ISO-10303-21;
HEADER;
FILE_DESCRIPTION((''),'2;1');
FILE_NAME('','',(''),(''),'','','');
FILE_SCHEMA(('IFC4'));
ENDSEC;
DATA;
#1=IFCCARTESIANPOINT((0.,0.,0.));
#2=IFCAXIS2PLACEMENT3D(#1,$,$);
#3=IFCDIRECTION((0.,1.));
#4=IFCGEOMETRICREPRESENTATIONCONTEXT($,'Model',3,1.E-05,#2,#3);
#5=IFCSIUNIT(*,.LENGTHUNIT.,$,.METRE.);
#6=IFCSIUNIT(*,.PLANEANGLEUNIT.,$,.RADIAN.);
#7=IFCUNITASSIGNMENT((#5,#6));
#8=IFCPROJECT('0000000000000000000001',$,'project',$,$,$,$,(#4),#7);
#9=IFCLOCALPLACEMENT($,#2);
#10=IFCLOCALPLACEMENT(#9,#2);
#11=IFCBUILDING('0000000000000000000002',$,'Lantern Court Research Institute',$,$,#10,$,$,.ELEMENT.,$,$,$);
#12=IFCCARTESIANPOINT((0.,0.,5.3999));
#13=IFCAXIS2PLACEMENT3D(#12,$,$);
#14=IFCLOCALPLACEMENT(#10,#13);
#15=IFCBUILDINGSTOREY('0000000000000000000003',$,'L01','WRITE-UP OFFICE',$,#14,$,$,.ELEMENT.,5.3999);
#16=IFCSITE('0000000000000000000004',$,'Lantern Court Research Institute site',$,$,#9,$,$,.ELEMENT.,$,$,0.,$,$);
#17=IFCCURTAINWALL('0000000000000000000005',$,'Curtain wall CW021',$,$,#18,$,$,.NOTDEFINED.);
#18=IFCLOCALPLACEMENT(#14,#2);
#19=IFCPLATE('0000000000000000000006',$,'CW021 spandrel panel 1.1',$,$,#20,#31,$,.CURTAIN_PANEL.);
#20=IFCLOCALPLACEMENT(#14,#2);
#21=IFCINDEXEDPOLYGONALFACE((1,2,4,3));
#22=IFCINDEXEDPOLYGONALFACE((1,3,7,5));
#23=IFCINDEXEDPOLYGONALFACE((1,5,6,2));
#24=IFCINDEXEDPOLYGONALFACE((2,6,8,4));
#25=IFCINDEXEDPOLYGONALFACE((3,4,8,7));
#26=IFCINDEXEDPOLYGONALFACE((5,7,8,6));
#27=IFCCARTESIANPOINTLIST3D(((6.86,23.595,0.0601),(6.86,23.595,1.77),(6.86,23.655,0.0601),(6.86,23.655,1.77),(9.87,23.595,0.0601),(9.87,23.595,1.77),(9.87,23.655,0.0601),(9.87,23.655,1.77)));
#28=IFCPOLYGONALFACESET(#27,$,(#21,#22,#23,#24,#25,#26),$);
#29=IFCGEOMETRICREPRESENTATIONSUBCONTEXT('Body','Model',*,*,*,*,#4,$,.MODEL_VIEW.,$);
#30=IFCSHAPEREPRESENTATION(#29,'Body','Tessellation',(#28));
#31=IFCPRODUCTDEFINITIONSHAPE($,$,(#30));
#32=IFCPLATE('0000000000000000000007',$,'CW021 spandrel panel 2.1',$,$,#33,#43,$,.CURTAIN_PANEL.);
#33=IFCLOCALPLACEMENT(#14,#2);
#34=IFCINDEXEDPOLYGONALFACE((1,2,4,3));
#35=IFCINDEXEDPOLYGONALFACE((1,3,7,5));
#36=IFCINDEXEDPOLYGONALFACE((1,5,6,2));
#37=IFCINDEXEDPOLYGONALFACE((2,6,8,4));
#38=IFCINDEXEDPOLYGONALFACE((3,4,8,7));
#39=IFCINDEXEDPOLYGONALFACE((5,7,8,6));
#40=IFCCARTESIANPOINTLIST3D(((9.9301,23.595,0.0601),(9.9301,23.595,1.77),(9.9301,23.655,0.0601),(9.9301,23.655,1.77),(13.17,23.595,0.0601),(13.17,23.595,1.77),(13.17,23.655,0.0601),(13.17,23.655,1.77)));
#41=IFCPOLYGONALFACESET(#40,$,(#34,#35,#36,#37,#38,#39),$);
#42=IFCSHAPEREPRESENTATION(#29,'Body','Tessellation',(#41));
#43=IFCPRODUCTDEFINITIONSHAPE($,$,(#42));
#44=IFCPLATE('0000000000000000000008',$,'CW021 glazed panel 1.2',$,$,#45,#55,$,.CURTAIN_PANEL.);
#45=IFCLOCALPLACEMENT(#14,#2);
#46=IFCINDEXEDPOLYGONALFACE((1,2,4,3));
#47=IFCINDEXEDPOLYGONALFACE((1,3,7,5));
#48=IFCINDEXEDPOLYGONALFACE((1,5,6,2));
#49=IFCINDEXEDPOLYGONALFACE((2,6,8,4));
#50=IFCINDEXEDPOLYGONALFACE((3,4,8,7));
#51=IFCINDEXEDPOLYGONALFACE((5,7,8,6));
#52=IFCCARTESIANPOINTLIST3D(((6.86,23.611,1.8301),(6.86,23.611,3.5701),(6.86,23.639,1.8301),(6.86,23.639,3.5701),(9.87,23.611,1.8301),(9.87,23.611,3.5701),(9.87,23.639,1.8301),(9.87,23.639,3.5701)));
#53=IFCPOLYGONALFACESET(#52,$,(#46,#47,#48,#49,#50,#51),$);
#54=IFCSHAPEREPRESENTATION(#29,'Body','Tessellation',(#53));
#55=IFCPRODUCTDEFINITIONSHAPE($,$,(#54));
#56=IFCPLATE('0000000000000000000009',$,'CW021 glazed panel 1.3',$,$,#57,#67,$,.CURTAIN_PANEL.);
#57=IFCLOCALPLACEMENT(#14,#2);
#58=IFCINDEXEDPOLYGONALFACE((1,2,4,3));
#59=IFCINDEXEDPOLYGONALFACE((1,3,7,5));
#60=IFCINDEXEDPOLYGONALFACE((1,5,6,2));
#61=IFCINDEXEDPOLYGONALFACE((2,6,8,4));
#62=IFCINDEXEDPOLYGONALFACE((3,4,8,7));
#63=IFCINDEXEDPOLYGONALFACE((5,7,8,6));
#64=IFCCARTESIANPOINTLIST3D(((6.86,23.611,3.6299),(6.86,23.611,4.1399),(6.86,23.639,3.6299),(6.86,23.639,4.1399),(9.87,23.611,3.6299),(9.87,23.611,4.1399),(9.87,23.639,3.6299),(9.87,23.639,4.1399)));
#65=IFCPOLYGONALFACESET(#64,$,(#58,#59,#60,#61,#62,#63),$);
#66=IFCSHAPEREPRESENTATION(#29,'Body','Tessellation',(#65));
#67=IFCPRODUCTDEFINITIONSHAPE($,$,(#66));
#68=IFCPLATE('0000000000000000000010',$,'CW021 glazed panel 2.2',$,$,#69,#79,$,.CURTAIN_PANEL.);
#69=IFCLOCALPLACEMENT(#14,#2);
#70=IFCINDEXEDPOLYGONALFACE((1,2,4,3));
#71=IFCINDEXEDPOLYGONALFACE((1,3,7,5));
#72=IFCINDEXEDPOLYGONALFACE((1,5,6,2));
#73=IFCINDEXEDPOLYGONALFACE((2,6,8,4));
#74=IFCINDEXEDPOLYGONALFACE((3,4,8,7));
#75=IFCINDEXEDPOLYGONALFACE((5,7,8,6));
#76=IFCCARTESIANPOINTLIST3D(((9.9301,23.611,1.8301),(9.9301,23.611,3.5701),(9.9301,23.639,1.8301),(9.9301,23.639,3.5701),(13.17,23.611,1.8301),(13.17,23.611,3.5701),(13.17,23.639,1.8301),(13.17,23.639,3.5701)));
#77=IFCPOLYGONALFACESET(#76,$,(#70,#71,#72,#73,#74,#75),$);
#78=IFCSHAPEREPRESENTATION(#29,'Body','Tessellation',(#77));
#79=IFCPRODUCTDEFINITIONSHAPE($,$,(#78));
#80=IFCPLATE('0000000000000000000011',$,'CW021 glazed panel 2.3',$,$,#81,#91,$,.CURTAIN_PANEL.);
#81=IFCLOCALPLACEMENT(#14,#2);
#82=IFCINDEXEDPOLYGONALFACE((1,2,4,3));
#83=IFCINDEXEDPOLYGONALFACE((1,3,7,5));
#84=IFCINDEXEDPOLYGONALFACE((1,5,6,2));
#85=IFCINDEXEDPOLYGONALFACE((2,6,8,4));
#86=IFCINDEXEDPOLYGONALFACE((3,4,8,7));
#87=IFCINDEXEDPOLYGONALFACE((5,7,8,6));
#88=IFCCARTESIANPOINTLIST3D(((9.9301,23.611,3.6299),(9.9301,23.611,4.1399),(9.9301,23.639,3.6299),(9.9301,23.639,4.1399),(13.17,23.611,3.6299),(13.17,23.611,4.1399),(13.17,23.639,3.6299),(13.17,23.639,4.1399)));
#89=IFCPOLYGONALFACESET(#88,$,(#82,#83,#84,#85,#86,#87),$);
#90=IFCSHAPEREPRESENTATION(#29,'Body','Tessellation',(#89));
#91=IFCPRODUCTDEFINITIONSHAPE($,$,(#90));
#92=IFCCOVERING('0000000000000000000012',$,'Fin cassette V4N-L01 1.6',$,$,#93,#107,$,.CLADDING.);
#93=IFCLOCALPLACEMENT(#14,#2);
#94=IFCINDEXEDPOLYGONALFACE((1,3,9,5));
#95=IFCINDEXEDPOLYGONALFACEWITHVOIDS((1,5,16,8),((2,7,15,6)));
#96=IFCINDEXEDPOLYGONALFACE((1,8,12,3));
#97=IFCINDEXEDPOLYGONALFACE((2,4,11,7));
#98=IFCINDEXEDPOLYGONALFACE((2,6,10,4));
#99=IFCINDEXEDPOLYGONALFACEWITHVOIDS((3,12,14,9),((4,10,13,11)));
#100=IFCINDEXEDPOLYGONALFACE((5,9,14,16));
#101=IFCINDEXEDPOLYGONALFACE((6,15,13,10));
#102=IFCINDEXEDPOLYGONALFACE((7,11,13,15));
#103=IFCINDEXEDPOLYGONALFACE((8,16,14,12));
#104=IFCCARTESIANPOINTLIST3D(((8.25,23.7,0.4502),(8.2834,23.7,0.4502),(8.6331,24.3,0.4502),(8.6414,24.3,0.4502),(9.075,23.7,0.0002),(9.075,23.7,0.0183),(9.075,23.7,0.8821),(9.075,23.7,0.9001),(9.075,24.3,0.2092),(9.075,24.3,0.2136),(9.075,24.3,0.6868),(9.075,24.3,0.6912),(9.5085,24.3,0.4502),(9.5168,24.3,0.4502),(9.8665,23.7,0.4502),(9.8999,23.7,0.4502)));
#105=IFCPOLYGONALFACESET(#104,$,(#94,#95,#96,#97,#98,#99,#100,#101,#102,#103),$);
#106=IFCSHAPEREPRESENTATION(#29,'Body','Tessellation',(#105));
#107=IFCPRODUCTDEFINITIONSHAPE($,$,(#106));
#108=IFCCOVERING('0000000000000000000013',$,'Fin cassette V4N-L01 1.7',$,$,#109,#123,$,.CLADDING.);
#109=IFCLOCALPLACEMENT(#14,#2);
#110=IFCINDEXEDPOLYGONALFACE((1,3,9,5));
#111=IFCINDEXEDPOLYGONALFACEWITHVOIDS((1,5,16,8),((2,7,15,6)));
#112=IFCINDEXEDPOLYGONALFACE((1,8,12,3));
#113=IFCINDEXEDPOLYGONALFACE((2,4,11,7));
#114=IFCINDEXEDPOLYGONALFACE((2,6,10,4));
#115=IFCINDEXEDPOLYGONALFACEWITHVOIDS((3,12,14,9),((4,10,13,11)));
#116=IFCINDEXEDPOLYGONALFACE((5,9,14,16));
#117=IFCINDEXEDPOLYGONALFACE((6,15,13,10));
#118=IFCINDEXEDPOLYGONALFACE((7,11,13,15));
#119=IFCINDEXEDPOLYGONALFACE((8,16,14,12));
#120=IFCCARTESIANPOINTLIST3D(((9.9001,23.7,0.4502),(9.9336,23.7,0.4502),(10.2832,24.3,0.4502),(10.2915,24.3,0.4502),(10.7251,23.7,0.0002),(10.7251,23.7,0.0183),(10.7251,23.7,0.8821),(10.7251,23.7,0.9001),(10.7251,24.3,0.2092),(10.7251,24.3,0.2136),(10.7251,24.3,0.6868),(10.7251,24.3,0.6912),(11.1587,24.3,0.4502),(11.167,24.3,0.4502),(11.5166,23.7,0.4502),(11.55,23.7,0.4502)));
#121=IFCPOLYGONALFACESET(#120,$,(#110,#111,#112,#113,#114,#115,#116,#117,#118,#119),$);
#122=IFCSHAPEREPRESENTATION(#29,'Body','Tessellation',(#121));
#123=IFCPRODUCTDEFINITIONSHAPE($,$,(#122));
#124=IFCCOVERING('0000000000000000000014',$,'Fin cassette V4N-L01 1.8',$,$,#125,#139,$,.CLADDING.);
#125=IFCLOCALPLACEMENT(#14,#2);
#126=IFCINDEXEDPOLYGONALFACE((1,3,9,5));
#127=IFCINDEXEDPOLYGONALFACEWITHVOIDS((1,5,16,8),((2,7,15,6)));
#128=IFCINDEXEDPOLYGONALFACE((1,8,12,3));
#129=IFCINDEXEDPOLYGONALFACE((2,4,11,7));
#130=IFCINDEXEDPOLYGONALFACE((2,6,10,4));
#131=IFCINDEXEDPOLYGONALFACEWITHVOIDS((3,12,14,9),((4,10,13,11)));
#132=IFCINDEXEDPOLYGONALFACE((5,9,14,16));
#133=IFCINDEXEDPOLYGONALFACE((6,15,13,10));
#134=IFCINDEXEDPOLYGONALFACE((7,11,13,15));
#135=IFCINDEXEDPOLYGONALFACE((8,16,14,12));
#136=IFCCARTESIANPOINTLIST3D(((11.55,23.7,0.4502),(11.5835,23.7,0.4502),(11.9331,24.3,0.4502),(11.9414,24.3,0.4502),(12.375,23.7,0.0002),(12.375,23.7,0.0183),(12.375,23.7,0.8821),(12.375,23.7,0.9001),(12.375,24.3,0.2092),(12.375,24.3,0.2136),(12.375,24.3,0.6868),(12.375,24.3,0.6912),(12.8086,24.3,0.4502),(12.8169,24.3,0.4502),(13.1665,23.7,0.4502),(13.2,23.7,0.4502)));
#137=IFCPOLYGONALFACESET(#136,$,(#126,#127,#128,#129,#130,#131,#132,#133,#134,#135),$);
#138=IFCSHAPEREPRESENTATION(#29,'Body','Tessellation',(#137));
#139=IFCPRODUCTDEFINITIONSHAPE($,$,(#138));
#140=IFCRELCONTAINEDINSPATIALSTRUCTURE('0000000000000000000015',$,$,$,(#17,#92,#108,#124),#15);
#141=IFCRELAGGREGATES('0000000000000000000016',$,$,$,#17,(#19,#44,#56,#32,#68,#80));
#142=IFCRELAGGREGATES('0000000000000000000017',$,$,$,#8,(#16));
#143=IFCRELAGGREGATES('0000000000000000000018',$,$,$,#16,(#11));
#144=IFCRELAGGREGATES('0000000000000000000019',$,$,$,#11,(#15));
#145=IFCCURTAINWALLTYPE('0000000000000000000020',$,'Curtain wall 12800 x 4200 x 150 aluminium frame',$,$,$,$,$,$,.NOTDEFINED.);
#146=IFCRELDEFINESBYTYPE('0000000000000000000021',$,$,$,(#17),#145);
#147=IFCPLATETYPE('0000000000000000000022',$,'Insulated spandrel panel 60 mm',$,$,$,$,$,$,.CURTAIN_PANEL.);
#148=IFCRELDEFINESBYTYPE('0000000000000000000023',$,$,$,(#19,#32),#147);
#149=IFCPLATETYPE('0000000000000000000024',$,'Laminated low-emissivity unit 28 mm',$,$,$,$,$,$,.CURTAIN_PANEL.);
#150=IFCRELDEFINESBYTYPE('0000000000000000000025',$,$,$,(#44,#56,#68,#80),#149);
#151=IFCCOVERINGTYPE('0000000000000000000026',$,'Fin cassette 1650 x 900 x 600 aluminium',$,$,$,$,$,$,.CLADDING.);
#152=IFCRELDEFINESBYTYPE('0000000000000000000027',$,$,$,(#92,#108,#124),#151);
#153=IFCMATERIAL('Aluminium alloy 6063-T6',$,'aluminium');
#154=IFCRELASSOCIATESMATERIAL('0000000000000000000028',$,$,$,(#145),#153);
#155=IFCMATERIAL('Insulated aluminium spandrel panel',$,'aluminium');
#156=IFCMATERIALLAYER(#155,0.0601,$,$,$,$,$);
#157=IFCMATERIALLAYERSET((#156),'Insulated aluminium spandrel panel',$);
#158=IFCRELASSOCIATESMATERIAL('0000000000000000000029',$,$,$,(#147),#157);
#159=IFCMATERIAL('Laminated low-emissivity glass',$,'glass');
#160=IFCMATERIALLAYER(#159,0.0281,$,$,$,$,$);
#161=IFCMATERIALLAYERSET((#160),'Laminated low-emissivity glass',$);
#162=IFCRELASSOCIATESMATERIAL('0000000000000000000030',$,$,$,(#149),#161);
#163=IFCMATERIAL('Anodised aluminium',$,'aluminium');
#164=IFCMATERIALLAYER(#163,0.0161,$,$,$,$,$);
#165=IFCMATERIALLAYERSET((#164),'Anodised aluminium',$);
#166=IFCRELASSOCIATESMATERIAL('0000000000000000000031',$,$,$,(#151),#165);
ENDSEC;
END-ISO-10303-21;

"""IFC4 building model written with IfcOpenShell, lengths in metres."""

from ifc_helpers import new_model, entity, si_unit, direction, frame, origin, origin_2d, place, context, subcontext, project, spatial, rectangle, extrude, material, layer, layer_set, type_object, element, aggregate, save


model = new_model("IFC4")

# Units and contexts
model_context = context("Model", 3, precision=1e-05, world=origin(), true_north=direction((0.0, 1.0)))
body_context = subcontext(model_context, "Body", "Model", "MODEL_VIEW")
ifc_project = project(units=[si_unit("LENGTHUNIT", "METRE"), si_unit("PLANEANGLEUNIT", "RADIAN")], contexts=[model_context])

# Site, building, storey
site_placement = place(None, origin())
site = spatial("IfcSite", under=ifc_project, at=site_placement, Name="Lantern Court Research Institute site", CompositionType="ELEMENT", RefElevation=0.0)
building_placement = place(site_placement, origin())
building = spatial("IfcBuilding", under=site, at=building_placement, Name="Lantern Court Research Institute", CompositionType="ELEMENT")
storey_placement = place(building_placement, frame((0.0, 0.0, 5.3999)))
storey = spatial("IfcBuildingStorey", under=building, at=storey_placement, Name="L01", Description="WRITE-UP OFFICE", CompositionType="ELEMENT", Elevation=5.3999)

# Curtain wall, plates
ifc_material_1 = material(Name="Aluminium alloy 6063-T6", Category="aluminium")
curtain_wall_type = type_object("IfcCurtainWallType", Name="Curtain wall 12800 x 4200 x 150 aluminium frame", PredefinedType="NOTDEFINED", material=ifc_material_1)
curtain_wall_placement = place(storey_placement, origin())
curtain_wall = element("IfcCurtainWall", 1, at=curtain_wall_placement, inside=storey, type_object=curtain_wall_type, Name="Curtain wall CW021", PredefinedType="NOTDEFINED")
ifc_material_2 = material(Name="Insulated aluminium spandrel panel", Category="aluminium")
ifc_layer_1 = layer(ifc_material_2, 0.0601)
ifc_layer_set_1 = layer_set([ifc_layer_1], Name="Insulated aluminium spandrel panel")
plate_type_1 = type_object("IfcPlateType", Name="Insulated spandrel panel 60 mm", PredefinedType="CURTAIN_PANEL", material=ifc_layer_set_1)
plate_1_placement = place(storey_placement, frame((8.365, 23.625, 0.0601), z_axis=(0.0, 0.0, 1.0), x_axis=(1.0, 0.0, 0.0)))
plate_1 = element("IfcPlate", 2, at=plate_1_placement, type_object=plate_type_1, Name="CW021 spandrel panel 1.1", PredefinedType="CURTAIN_PANEL", context=body_context, shape_type="SweptSolid", body=[
    extrude(rectangle(XDim=3.01, YDim=0.0601, at=origin_2d()), origin(), (0.0, 0.0, 1.0), 1.71),
])
plate_2_placement = place(storey_placement, frame((11.55, 23.625, 0.0601), z_axis=(0.0, 0.0, 1.0), x_axis=(1.0, 0.0, 0.0)))
plate_2 = element("IfcPlate", 3, at=plate_2_placement, type_object=plate_type_1, Name="CW021 spandrel panel 2.1", PredefinedType="CURTAIN_PANEL", context=body_context, shape_type="SweptSolid", body=[
    extrude(rectangle(XDim=3.24, YDim=0.0601, at=origin_2d()), origin(), (0.0, 0.0, 1.0), 1.71),
])
ifc_material_3 = material(Name="Laminated low-emissivity glass", Category="glass")
ifc_layer_2 = layer(ifc_material_3, 0.0281)
ifc_layer_set_2 = layer_set([ifc_layer_2], Name="Laminated low-emissivity glass")
plate_type_2 = type_object("IfcPlateType", Name="Laminated low-emissivity unit 28 mm", PredefinedType="CURTAIN_PANEL", material=ifc_layer_set_2)
plate_3_placement = place(storey_placement, frame((8.365, 23.625, 1.8301), z_axis=(0.0, 0.0, 1.0), x_axis=(1.0, 0.0, 0.0)))
plate_3 = element("IfcPlate", 4, at=plate_3_placement, type_object=plate_type_2, Name="CW021 glazed panel 1.2", PredefinedType="CURTAIN_PANEL", context=body_context, shape_type="SweptSolid", body=[
    extrude(rectangle(XDim=3.01, YDim=0.0281, at=origin_2d()), origin(), (0.0, 0.0, 1.0), 1.74),
])
plate_4_placement = place(storey_placement, frame((8.365, 23.625, 3.6299), z_axis=(0.0, 0.0, 1.0), x_axis=(1.0, 0.0, 0.0)))
plate_4 = element("IfcPlate", 5, at=plate_4_placement, type_object=plate_type_2, Name="CW021 glazed panel 1.3", PredefinedType="CURTAIN_PANEL", context=body_context, shape_type="SweptSolid", body=[
    extrude(rectangle(XDim=3.01, YDim=0.0281, at=origin_2d()), origin(), (0.0, 0.0, 1.0), 0.51),
])
plate_5_placement = place(storey_placement, frame((11.55, 23.625, 1.8301), z_axis=(0.0, 0.0, 1.0), x_axis=(1.0, 0.0, 0.0)))
plate_5 = element("IfcPlate", 6, at=plate_5_placement, type_object=plate_type_2, Name="CW021 glazed panel 2.2", PredefinedType="CURTAIN_PANEL", context=body_context, shape_type="SweptSolid", body=[
    extrude(rectangle(XDim=3.24, YDim=0.0281, at=origin_2d()), origin(), (0.0, 0.0, 1.0), 1.74),
])
plate_6_placement = place(storey_placement, frame((11.55, 23.625, 3.6299), z_axis=(0.0, 0.0, 1.0), x_axis=(1.0, 0.0, 0.0)))
plate_6 = element("IfcPlate", 7, at=plate_6_placement, type_object=plate_type_2, Name="CW021 glazed panel 2.3", PredefinedType="CURTAIN_PANEL", context=body_context, shape_type="SweptSolid", body=[
    extrude(rectangle(XDim=3.24, YDim=0.0281, at=origin_2d()), origin(), (0.0, 0.0, 1.0), 0.51),
])
aggregate(curtain_wall, [plate_1, plate_3, plate_4, plate_2, plate_5, plate_6])

# Coverings
ifc_material_4 = material(Name="Anodised aluminium", Category="aluminium")
ifc_layer_3 = layer(ifc_material_4, 0.0161)
ifc_layer_set_3 = layer_set([ifc_layer_3], Name="Anodised aluminium")
covering_type = type_object("IfcCoveringType", Name="Fin cassette 1650 x 900 x 600 aluminium", PredefinedType="CLADDING", material=ifc_layer_set_3)
covering_1_placement = place(storey_placement, frame((9.075, 23.7, 0.4502), z_axis=(0.0, 1.0, 0.0), x_axis=(-1.0, 0.0, 0.0)))
cartesian_point_1 = entity("IfcCartesianPoint", [0.825, 0.0])
cartesian_point_2 = entity("IfcCartesianPoint", [0.7915, 0.0])
cartesian_point_3 = entity("IfcCartesianPoint", [0.4419, 0.0])
cartesian_point_4 = entity("IfcCartesianPoint", [0.4336, 0.0])
element("IfcCovering", 8, at=covering_1_placement, inside=storey, type_object=covering_type, Name="Fin cassette V4N-L01 1.6", PredefinedType="CLADDING", context=body_context, shape_type="SweptSolid", body=[
    entity("IfcExtrudedAreaSolidTapered", entity("IfcArbitraryProfileDefWithVoids", "AREA", None, entity("IfcPolyline", [cartesian_point_1, entity("IfcCartesianPoint", [0.0, 0.45]), entity("IfcCartesianPoint", [-0.825, 0.0]), entity("IfcCartesianPoint", [0.0, -0.45]), cartesian_point_1]), [entity("IfcPolyline", [cartesian_point_2, entity("IfcCartesianPoint", [0.0, 0.4319]), entity("IfcCartesianPoint", [-0.7915, 0.0]), entity("IfcCartesianPoint", [0.0, -0.4319]), cartesian_point_2])]), entity("IfcAxis2Placement3D", entity("IfcCartesianPoint", [0.0, 0.0, 0.0])), entity("IfcDirection", [0.0, 0.0, 1.0]), 0.6001, entity("IfcArbitraryProfileDefWithVoids", "AREA", None, entity("IfcPolyline", [cartesian_point_3, entity("IfcCartesianPoint", [0.0, 0.241]), entity("IfcCartesianPoint", [-0.4419, 0.0]), entity("IfcCartesianPoint", [0.0, -0.241]), cartesian_point_3]), [entity("IfcPolyline", [cartesian_point_4, entity("IfcCartesianPoint", [0.0, 0.2366]), entity("IfcCartesianPoint", [-0.4336, 0.0]), entity("IfcCartesianPoint", [0.0, -0.2366]), cartesian_point_4])])),
])
covering_2_placement = place(storey_placement, frame((10.7251, 23.7, 0.4502), z_axis=(0.0, 1.0, 0.0), x_axis=(-1.0, 0.0, 0.0)))
cartesian_point_5 = entity("IfcCartesianPoint", [0.825, 0.0])
cartesian_point_6 = entity("IfcCartesianPoint", [0.7915, 0.0])
cartesian_point_7 = entity("IfcCartesianPoint", [0.4419, 0.0])
cartesian_point_8 = entity("IfcCartesianPoint", [0.4336, 0.0])
element("IfcCovering", 9, at=covering_2_placement, inside=storey, type_object=covering_type, Name="Fin cassette V4N-L01 1.7", PredefinedType="CLADDING", context=body_context, shape_type="SweptSolid", body=[
    entity("IfcExtrudedAreaSolidTapered", entity("IfcArbitraryProfileDefWithVoids", "AREA", None, entity("IfcPolyline", [cartesian_point_5, entity("IfcCartesianPoint", [0.0, 0.45]), entity("IfcCartesianPoint", [-0.825, 0.0]), entity("IfcCartesianPoint", [0.0, -0.45]), cartesian_point_5]), [entity("IfcPolyline", [cartesian_point_6, entity("IfcCartesianPoint", [0.0, 0.4319]), entity("IfcCartesianPoint", [-0.7915, 0.0]), entity("IfcCartesianPoint", [0.0, -0.4319]), cartesian_point_6])]), entity("IfcAxis2Placement3D", entity("IfcCartesianPoint", [0.0, 0.0, 0.0])), entity("IfcDirection", [0.0, 0.0, 1.0]), 0.6001, entity("IfcArbitraryProfileDefWithVoids", "AREA", None, entity("IfcPolyline", [cartesian_point_7, entity("IfcCartesianPoint", [0.0, 0.241]), entity("IfcCartesianPoint", [-0.4419, 0.0]), entity("IfcCartesianPoint", [0.0, -0.241]), cartesian_point_7]), [entity("IfcPolyline", [cartesian_point_8, entity("IfcCartesianPoint", [0.0, 0.2366]), entity("IfcCartesianPoint", [-0.4336, 0.0]), entity("IfcCartesianPoint", [0.0, -0.2366]), cartesian_point_8])])),
])
covering_3_placement = place(storey_placement, frame((12.375, 23.7, 0.4502), z_axis=(0.0, 1.0, 0.0), x_axis=(-1.0, 0.0, 0.0)))
cartesian_point_9 = entity("IfcCartesianPoint", [0.825, 0.0])
cartesian_point_10 = entity("IfcCartesianPoint", [0.7915, 0.0])
cartesian_point_11 = entity("IfcCartesianPoint", [0.4419, 0.0])
cartesian_point_12 = entity("IfcCartesianPoint", [0.4336, 0.0])
element("IfcCovering", 10, at=covering_3_placement, inside=storey, type_object=covering_type, Name="Fin cassette V4N-L01 1.8", PredefinedType="CLADDING", context=body_context, shape_type="SweptSolid", body=[
    entity("IfcExtrudedAreaSolidTapered", entity("IfcArbitraryProfileDefWithVoids", "AREA", None, entity("IfcPolyline", [cartesian_point_9, entity("IfcCartesianPoint", [0.0, 0.45]), entity("IfcCartesianPoint", [-0.825, 0.0]), entity("IfcCartesianPoint", [0.0, -0.45]), cartesian_point_9]), [entity("IfcPolyline", [cartesian_point_10, entity("IfcCartesianPoint", [0.0, 0.4319]), entity("IfcCartesianPoint", [-0.7915, 0.0]), entity("IfcCartesianPoint", [0.0, -0.4319]), cartesian_point_10])]), entity("IfcAxis2Placement3D", entity("IfcCartesianPoint", [0.0, 0.0, 0.0])), entity("IfcDirection", [0.0, 0.0, 1.0]), 0.6001, entity("IfcArbitraryProfileDefWithVoids", "AREA", None, entity("IfcPolyline", [cartesian_point_11, entity("IfcCartesianPoint", [0.0, 0.241]), entity("IfcCartesianPoint", [-0.4419, 0.0]), entity("IfcCartesianPoint", [0.0, -0.241]), cartesian_point_11]), [entity("IfcPolyline", [cartesian_point_12, entity("IfcCartesianPoint", [0.0, 0.2366]), entity("IfcCartesianPoint", [-0.4336, 0.0]), entity("IfcCartesianPoint", [0.0, -0.2366]), cartesian_point_12])])),
])

save(model, "model.ifc")
